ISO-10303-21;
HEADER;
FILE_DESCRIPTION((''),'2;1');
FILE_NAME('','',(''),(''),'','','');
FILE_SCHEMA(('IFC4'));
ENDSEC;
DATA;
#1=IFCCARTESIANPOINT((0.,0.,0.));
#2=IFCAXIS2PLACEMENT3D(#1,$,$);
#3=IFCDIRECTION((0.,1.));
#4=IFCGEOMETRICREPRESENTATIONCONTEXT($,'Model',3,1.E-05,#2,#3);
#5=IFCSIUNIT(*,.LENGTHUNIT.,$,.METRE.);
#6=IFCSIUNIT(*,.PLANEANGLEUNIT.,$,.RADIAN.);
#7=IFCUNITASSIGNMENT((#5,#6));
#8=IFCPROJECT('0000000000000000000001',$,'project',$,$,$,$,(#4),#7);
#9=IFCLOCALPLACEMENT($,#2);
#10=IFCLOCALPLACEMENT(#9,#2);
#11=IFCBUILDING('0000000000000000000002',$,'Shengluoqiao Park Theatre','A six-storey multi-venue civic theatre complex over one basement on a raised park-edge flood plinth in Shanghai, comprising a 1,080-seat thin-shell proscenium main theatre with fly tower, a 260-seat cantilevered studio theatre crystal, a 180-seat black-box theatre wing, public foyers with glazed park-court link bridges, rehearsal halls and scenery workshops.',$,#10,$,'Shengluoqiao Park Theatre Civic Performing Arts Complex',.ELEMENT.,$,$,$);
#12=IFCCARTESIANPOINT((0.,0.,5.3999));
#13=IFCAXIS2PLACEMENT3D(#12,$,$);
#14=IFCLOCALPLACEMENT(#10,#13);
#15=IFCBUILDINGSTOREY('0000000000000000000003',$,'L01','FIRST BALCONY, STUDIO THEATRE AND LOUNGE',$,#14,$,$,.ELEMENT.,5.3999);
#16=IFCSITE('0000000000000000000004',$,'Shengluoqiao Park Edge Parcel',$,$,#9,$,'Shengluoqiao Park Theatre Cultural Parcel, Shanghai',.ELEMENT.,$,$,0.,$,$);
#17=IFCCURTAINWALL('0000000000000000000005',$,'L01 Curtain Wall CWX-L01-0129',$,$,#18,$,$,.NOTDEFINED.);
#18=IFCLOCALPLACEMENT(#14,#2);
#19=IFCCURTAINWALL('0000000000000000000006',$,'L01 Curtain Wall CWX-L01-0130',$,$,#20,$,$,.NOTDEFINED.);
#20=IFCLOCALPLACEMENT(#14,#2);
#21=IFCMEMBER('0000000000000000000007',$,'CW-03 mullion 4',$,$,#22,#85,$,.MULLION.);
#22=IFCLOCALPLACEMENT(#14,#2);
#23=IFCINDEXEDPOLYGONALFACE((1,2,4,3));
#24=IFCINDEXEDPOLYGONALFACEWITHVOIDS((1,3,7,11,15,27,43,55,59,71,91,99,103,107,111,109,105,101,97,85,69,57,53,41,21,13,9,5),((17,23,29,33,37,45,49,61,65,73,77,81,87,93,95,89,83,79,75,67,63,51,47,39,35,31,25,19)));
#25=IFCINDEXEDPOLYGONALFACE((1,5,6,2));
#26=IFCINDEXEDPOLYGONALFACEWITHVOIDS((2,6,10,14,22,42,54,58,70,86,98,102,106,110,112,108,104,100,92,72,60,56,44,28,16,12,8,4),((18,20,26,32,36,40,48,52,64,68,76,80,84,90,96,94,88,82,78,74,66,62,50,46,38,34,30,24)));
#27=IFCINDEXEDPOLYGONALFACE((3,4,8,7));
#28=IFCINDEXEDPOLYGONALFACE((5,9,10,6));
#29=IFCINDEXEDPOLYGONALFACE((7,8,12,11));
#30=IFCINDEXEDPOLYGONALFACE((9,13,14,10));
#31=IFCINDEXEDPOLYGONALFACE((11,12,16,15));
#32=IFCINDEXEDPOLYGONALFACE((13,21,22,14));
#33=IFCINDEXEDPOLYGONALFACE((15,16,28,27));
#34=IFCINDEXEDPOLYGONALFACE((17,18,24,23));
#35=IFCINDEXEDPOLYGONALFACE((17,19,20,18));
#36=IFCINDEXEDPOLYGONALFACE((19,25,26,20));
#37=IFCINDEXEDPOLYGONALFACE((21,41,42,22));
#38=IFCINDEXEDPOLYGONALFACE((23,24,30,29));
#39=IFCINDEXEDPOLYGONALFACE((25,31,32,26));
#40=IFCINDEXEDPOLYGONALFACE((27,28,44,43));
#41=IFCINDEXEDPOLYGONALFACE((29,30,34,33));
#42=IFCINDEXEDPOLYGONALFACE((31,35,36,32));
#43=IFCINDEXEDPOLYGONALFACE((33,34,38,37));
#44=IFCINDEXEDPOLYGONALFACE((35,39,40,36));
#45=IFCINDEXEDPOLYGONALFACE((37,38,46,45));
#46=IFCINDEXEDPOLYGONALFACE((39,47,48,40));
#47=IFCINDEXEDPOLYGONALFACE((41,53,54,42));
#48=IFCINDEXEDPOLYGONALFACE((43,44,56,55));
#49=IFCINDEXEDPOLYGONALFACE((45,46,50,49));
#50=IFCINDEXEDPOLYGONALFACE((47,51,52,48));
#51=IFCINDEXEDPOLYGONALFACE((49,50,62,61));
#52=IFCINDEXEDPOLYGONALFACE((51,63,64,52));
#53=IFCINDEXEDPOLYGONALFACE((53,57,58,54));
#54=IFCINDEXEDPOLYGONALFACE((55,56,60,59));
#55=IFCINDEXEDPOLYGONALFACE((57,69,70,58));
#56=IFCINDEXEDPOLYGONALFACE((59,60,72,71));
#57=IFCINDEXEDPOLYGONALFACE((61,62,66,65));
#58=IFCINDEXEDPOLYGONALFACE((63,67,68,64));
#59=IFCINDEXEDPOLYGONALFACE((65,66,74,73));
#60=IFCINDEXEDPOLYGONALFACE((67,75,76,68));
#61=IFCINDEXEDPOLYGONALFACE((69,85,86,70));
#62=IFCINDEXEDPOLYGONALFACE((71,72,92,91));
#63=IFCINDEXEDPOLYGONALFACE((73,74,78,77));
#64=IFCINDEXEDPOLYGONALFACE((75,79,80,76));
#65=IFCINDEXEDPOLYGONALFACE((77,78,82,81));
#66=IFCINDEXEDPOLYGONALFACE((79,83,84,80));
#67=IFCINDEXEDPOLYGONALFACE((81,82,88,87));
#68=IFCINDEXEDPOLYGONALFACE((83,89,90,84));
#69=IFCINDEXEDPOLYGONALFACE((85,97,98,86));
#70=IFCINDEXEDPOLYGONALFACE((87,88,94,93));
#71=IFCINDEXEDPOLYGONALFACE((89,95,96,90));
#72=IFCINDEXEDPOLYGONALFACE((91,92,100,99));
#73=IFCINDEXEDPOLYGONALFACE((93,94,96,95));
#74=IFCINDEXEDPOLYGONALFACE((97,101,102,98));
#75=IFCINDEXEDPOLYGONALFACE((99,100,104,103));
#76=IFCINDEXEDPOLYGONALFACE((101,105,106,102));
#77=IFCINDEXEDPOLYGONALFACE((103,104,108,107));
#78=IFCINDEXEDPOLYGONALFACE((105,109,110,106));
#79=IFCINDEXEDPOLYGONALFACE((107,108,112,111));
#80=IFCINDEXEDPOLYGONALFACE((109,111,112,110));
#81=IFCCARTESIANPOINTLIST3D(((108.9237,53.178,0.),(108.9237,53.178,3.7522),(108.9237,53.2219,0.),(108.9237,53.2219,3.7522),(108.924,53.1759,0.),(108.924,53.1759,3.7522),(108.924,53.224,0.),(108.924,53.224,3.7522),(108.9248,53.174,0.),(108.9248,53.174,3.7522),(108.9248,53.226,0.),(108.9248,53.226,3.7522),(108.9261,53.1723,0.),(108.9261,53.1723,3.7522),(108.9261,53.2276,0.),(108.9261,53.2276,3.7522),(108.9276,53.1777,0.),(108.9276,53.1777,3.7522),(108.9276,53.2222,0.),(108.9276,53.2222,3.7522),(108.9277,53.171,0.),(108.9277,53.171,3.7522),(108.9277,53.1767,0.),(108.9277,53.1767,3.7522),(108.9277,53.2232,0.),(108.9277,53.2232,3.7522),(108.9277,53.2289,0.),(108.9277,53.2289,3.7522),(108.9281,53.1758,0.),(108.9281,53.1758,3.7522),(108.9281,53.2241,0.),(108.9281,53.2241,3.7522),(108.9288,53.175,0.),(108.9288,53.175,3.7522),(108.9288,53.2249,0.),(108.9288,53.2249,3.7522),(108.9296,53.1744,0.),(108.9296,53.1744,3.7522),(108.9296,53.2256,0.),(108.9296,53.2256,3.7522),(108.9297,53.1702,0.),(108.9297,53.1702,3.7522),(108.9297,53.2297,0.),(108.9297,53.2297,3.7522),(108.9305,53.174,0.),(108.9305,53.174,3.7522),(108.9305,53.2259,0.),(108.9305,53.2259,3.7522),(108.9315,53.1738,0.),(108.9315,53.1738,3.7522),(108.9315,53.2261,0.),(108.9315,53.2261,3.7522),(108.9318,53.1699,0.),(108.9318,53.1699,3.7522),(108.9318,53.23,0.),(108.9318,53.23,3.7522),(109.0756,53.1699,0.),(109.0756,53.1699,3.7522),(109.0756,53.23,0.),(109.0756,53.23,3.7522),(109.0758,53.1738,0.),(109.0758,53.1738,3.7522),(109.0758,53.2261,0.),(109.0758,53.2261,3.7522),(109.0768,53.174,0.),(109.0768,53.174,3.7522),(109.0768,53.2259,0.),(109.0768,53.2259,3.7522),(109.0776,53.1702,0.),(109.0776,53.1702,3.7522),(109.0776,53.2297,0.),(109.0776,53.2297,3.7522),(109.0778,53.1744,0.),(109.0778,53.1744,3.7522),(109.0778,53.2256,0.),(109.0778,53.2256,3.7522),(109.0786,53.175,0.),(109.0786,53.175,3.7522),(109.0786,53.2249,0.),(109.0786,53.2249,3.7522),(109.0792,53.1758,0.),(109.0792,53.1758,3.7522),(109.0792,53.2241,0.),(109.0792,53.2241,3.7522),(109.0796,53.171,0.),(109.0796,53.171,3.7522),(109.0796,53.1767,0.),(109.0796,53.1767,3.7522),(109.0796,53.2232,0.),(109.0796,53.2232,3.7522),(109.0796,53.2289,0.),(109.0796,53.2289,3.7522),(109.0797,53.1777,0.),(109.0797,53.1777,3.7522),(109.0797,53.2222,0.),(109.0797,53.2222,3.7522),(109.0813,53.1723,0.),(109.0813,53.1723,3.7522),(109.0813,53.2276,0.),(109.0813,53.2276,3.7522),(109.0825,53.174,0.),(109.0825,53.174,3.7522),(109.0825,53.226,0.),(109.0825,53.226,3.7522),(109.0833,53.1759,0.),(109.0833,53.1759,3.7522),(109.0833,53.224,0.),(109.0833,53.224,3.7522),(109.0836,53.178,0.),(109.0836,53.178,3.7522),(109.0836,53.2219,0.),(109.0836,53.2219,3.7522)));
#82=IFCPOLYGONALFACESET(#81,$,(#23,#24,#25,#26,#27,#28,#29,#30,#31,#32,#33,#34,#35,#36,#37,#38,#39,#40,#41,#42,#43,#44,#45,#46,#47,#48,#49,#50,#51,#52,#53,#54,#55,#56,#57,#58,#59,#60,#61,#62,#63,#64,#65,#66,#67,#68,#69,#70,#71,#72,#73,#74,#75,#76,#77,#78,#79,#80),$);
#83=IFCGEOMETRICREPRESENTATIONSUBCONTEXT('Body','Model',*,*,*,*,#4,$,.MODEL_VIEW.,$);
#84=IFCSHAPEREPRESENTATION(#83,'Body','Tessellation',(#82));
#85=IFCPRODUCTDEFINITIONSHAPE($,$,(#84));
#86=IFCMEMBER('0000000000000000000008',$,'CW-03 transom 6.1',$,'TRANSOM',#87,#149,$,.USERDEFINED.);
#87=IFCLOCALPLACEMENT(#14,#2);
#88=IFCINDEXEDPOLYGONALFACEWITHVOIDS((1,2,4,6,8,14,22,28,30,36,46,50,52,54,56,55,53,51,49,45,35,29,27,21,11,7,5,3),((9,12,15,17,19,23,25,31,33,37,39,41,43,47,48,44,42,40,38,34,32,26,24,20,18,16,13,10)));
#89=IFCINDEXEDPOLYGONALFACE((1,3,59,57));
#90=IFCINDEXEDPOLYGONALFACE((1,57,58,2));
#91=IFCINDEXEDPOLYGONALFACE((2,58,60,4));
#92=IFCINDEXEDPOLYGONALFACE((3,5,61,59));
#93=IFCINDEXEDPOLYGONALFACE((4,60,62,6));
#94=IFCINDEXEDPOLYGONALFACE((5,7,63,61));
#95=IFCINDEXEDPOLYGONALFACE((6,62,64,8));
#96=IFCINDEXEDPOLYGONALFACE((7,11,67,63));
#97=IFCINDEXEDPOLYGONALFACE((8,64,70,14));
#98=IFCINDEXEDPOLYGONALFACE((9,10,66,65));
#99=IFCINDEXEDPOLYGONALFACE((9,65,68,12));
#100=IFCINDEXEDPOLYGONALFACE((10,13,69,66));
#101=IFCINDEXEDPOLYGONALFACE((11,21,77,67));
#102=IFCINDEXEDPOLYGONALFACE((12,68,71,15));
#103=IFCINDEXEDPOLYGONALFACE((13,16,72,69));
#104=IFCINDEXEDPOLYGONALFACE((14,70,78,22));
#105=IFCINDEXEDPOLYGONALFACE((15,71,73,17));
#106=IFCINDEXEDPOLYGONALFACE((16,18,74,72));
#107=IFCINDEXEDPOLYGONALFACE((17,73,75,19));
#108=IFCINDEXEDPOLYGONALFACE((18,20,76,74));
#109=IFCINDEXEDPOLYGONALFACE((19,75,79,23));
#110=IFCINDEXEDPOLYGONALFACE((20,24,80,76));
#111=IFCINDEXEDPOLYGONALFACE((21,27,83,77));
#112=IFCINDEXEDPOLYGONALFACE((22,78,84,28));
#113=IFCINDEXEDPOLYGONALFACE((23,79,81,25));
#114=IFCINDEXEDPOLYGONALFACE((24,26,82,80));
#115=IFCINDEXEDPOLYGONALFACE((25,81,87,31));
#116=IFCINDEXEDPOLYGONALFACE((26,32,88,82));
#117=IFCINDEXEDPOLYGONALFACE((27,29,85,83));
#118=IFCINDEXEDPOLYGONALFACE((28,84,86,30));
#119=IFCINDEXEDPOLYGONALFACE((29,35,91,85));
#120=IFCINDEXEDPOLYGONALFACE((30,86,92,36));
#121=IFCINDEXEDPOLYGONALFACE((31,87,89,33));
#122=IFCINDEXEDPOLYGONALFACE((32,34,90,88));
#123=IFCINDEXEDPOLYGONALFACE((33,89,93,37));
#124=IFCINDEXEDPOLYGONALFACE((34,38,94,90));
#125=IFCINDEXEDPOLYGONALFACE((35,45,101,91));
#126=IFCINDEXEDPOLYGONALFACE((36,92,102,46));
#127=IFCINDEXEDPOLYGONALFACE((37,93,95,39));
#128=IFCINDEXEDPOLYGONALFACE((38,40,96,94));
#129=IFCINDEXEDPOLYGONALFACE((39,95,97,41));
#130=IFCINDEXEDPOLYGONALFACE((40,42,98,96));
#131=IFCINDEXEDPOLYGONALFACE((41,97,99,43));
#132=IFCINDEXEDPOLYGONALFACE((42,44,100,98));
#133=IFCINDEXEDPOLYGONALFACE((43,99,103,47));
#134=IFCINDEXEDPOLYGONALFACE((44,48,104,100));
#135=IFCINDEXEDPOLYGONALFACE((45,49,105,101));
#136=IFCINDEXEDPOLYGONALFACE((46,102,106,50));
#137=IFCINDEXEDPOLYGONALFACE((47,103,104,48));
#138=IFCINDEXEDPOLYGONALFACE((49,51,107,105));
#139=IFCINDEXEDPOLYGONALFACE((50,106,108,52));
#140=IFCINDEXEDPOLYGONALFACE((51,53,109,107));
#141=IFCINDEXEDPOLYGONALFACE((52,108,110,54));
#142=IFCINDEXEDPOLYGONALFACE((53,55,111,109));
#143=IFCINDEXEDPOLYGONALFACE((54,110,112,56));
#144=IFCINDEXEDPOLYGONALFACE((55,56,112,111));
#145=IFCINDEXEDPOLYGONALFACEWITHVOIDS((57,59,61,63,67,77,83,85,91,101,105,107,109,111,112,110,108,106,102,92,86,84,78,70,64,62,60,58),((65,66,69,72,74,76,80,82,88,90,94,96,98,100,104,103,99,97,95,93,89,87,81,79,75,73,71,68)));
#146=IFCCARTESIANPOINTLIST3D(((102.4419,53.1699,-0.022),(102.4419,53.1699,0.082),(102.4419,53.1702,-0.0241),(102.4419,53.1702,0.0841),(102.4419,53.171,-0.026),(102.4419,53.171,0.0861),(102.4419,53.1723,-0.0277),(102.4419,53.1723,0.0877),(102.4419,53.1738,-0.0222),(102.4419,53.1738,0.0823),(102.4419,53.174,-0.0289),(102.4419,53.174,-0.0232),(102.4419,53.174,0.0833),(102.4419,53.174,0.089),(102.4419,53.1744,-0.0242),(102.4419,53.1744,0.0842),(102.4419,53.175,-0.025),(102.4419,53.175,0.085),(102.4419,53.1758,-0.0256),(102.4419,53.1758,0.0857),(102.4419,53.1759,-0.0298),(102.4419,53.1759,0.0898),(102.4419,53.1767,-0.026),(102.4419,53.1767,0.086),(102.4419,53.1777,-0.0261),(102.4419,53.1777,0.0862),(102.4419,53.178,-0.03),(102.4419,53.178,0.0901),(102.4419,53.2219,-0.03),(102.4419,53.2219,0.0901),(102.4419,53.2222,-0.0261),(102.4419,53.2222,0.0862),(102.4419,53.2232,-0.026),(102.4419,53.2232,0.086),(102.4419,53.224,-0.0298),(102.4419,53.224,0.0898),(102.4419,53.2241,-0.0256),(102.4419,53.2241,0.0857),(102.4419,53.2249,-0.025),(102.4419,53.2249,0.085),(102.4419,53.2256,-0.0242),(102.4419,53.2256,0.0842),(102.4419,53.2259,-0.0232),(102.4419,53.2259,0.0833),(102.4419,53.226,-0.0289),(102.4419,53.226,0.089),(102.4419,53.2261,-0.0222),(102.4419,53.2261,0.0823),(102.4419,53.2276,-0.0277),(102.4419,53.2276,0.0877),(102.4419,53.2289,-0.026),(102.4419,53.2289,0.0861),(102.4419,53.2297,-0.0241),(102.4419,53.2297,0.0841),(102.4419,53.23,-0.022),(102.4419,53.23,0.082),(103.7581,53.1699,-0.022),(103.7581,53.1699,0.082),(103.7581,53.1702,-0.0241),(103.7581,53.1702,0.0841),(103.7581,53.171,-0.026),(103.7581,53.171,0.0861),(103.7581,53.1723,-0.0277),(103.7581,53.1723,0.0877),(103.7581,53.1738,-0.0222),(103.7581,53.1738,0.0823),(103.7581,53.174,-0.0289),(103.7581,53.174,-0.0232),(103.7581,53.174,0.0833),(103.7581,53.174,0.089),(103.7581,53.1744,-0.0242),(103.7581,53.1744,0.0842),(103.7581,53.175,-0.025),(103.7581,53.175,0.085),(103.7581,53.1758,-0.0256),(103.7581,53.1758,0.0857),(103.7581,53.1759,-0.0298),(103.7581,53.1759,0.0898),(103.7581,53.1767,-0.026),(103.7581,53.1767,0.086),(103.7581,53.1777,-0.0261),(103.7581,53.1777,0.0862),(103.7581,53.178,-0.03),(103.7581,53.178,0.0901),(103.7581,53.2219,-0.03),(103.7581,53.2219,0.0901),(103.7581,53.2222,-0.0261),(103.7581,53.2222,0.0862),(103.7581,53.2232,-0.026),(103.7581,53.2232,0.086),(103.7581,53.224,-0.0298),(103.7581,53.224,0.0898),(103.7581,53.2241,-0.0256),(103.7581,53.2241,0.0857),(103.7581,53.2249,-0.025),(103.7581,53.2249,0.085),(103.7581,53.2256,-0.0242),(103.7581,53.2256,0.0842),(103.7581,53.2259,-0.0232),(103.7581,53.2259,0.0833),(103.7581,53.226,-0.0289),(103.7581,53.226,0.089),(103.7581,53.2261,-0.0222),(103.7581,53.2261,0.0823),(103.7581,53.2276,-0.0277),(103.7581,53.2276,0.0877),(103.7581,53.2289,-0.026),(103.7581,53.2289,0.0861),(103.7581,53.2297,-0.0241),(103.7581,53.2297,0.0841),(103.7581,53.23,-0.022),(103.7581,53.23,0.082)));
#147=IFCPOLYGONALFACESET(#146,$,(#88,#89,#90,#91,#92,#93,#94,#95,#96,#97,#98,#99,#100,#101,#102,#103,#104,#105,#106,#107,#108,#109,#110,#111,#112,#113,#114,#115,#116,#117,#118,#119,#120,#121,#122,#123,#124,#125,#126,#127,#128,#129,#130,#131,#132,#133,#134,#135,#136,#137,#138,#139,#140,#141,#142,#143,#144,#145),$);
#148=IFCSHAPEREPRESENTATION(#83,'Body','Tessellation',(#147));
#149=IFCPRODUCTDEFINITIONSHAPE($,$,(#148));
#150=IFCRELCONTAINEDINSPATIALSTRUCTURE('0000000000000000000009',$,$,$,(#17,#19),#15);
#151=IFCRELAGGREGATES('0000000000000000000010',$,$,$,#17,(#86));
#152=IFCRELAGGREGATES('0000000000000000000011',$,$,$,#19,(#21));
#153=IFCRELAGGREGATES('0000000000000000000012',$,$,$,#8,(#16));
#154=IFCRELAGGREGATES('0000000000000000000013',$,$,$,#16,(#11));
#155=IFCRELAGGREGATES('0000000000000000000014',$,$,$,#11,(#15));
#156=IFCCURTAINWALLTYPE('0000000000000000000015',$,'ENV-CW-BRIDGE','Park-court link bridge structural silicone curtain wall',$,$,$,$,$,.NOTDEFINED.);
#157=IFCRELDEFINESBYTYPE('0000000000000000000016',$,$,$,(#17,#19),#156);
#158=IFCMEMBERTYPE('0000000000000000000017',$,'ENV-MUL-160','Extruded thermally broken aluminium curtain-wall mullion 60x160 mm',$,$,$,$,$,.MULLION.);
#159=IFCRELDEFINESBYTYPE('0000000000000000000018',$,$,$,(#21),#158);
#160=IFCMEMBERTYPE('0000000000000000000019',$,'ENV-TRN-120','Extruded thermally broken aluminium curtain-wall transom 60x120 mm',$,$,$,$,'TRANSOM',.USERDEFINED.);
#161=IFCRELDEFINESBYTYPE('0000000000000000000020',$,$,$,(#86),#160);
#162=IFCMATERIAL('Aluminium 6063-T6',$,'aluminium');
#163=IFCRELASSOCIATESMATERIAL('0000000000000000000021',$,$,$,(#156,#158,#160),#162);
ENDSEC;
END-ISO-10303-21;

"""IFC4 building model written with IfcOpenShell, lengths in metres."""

from ifc_helpers import new_model, si_unit, direction, frame, origin, origin_2d, place, context, subcontext, project, spatial, hollow_rectangle, extrude, material, material_profile, profile_set, type_object, element, aggregate, save


model = new_model("IFC4")

# Units and contexts
model_context = context("Model", 3, precision=1e-05, world=origin(), true_north=direction((0.0, 1.0)))
body_context = subcontext(model_context, "Body", "Model", "MODEL_VIEW")
ifc_project = project(units=[si_unit("LENGTHUNIT", "METRE"), si_unit("PLANEANGLEUNIT", "RADIAN")], contexts=[model_context])

# Site, building, storey
site_placement = place(None, origin())
site = spatial("IfcSite", under=ifc_project, at=site_placement, Name="Shengluoqiao Park Edge Parcel", LongName="Shengluoqiao Park Theatre Cultural Parcel, Shanghai", CompositionType="ELEMENT", RefElevation=0.0)
building_placement = place(site_placement, origin())
building = spatial("IfcBuilding", under=site, at=building_placement, Name="Shengluoqiao Park Theatre", Description="A six-storey multi-venue civic theatre complex over one basement on a raised park-edge flood plinth in Shanghai, comprising a 1,080-seat thin-shell proscenium main theatre with fly tower, a 260-seat cantilevered studio theatre crystal, a 180-seat black-box theatre wing, public foyers with glazed park-court link bridges, rehearsal halls and scenery workshops.", LongName="Shengluoqiao Park Theatre Civic Performing Arts Complex", CompositionType="ELEMENT")
storey_placement = place(building_placement, frame((0.0, 0.0, 5.3999)))
storey = spatial("IfcBuildingStorey", under=building, at=storey_placement, Name="L01", Description="FIRST BALCONY, STUDIO THEATRE AND LOUNGE", CompositionType="ELEMENT", Elevation=5.3999)

# Curtain wall
ifc_material_1 = material(Name="Aluminium 6063-T6", Category="aluminium")
curtain_wall_type = type_object("IfcCurtainWallType", Name="ENV-CW-BRIDGE", Description="Park-court link bridge structural silicone curtain wall", PredefinedType="NOTDEFINED", material=ifc_material_1)
curtain_wall_1_placement = place(storey_placement, origin())
curtain_wall_1 = element("IfcCurtainWall", 1, at=curtain_wall_1_placement, inside=storey, type_object=curtain_wall_type, Name="L01 Curtain Wall CWX-L01-0129", PredefinedType="NOTDEFINED")
ifc_material_profile_1 = material_profile(ifc_material_1, hollow_rectangle(XDim=0.0601, YDim=0.1599, WallThickness=0.0039, InnerFilletRadius=0.0039, OuterFilletRadius=0.0081, at=origin_2d()), Name="ALU MULLION 160x60x4")
ifc_profile_set_1 = profile_set([ifc_material_profile_1], Name="Aluminium 6063-T6")
member_type_1 = type_object("IfcMemberType", Name="ENV-MUL-160", Description="Extruded thermally broken aluminium curtain-wall mullion 60x160 mm", PredefinedType="MULLION", material=ifc_profile_set_1)

# Curtain wall, member
curtain_wall_2_placement = place(storey_placement, origin())
curtain_wall_2 = element("IfcCurtainWall", 2, at=curtain_wall_2_placement, inside=storey, type_object=curtain_wall_type, Name="L01 Curtain Wall CWX-L01-0130", PredefinedType="NOTDEFINED")
member_1_placement = place(storey_placement, frame((109.0037, 53.2, 0.0), z_axis=(0.0, 0.0, 1.0), x_axis=(0.0, 1.0, 0.0)))
member_1 = element("IfcMember", 3, at=member_1_placement, type_object=member_type_1, Name="CW-03 mullion 4", PredefinedType="MULLION", context=body_context, shape_type="SweptSolid", body=[
    extrude(hollow_rectangle(XDim=0.0601, YDim=0.1599, WallThickness=0.0039, InnerFilletRadius=0.0039, OuterFilletRadius=0.0081, at=origin_2d()), origin(), (0.0, 0.0, 1.0), 3.7522),
])

# Member
ifc_material_profile_2 = material_profile(ifc_material_1, hollow_rectangle(XDim=0.0601, YDim=0.1201, WallThickness=0.0039, InnerFilletRadius=0.0039, OuterFilletRadius=0.0081, at=origin_2d()), Name="ALU TRANSOM 120x60x4")
ifc_profile_set_2 = profile_set([ifc_material_profile_2], Name="Aluminium 6063-T6")
member_type_2 = type_object("IfcMemberType", Name="ENV-TRN-120", Description="Extruded thermally broken aluminium curtain-wall transom 60x120 mm", ElementType="TRANSOM", PredefinedType="USERDEFINED", material=ifc_profile_set_2)
member_2_placement = place(storey_placement, frame((102.4419, 53.2, 0.03), z_axis=(1.0, 0.0, 0.0), x_axis=(0.0, 1.0, 0.0)))
member_2 = element("IfcMember", 4, at=member_2_placement, type_object=member_type_2, Name="CW-03 transom 6.1", ObjectType="TRANSOM", PredefinedType="USERDEFINED", context=body_context, shape_type="SweptSolid", body=[
    extrude(hollow_rectangle(XDim=0.0601, YDim=0.1201, WallThickness=0.0039, InnerFilletRadius=0.0039, OuterFilletRadius=0.0081, at=origin_2d()), origin(), (0.0, 0.0, 1.0), 1.3162),
])

aggregate(curtain_wall_1, [member_2])
aggregate(curtain_wall_2, [member_1])

save(model, "model.ifc")
